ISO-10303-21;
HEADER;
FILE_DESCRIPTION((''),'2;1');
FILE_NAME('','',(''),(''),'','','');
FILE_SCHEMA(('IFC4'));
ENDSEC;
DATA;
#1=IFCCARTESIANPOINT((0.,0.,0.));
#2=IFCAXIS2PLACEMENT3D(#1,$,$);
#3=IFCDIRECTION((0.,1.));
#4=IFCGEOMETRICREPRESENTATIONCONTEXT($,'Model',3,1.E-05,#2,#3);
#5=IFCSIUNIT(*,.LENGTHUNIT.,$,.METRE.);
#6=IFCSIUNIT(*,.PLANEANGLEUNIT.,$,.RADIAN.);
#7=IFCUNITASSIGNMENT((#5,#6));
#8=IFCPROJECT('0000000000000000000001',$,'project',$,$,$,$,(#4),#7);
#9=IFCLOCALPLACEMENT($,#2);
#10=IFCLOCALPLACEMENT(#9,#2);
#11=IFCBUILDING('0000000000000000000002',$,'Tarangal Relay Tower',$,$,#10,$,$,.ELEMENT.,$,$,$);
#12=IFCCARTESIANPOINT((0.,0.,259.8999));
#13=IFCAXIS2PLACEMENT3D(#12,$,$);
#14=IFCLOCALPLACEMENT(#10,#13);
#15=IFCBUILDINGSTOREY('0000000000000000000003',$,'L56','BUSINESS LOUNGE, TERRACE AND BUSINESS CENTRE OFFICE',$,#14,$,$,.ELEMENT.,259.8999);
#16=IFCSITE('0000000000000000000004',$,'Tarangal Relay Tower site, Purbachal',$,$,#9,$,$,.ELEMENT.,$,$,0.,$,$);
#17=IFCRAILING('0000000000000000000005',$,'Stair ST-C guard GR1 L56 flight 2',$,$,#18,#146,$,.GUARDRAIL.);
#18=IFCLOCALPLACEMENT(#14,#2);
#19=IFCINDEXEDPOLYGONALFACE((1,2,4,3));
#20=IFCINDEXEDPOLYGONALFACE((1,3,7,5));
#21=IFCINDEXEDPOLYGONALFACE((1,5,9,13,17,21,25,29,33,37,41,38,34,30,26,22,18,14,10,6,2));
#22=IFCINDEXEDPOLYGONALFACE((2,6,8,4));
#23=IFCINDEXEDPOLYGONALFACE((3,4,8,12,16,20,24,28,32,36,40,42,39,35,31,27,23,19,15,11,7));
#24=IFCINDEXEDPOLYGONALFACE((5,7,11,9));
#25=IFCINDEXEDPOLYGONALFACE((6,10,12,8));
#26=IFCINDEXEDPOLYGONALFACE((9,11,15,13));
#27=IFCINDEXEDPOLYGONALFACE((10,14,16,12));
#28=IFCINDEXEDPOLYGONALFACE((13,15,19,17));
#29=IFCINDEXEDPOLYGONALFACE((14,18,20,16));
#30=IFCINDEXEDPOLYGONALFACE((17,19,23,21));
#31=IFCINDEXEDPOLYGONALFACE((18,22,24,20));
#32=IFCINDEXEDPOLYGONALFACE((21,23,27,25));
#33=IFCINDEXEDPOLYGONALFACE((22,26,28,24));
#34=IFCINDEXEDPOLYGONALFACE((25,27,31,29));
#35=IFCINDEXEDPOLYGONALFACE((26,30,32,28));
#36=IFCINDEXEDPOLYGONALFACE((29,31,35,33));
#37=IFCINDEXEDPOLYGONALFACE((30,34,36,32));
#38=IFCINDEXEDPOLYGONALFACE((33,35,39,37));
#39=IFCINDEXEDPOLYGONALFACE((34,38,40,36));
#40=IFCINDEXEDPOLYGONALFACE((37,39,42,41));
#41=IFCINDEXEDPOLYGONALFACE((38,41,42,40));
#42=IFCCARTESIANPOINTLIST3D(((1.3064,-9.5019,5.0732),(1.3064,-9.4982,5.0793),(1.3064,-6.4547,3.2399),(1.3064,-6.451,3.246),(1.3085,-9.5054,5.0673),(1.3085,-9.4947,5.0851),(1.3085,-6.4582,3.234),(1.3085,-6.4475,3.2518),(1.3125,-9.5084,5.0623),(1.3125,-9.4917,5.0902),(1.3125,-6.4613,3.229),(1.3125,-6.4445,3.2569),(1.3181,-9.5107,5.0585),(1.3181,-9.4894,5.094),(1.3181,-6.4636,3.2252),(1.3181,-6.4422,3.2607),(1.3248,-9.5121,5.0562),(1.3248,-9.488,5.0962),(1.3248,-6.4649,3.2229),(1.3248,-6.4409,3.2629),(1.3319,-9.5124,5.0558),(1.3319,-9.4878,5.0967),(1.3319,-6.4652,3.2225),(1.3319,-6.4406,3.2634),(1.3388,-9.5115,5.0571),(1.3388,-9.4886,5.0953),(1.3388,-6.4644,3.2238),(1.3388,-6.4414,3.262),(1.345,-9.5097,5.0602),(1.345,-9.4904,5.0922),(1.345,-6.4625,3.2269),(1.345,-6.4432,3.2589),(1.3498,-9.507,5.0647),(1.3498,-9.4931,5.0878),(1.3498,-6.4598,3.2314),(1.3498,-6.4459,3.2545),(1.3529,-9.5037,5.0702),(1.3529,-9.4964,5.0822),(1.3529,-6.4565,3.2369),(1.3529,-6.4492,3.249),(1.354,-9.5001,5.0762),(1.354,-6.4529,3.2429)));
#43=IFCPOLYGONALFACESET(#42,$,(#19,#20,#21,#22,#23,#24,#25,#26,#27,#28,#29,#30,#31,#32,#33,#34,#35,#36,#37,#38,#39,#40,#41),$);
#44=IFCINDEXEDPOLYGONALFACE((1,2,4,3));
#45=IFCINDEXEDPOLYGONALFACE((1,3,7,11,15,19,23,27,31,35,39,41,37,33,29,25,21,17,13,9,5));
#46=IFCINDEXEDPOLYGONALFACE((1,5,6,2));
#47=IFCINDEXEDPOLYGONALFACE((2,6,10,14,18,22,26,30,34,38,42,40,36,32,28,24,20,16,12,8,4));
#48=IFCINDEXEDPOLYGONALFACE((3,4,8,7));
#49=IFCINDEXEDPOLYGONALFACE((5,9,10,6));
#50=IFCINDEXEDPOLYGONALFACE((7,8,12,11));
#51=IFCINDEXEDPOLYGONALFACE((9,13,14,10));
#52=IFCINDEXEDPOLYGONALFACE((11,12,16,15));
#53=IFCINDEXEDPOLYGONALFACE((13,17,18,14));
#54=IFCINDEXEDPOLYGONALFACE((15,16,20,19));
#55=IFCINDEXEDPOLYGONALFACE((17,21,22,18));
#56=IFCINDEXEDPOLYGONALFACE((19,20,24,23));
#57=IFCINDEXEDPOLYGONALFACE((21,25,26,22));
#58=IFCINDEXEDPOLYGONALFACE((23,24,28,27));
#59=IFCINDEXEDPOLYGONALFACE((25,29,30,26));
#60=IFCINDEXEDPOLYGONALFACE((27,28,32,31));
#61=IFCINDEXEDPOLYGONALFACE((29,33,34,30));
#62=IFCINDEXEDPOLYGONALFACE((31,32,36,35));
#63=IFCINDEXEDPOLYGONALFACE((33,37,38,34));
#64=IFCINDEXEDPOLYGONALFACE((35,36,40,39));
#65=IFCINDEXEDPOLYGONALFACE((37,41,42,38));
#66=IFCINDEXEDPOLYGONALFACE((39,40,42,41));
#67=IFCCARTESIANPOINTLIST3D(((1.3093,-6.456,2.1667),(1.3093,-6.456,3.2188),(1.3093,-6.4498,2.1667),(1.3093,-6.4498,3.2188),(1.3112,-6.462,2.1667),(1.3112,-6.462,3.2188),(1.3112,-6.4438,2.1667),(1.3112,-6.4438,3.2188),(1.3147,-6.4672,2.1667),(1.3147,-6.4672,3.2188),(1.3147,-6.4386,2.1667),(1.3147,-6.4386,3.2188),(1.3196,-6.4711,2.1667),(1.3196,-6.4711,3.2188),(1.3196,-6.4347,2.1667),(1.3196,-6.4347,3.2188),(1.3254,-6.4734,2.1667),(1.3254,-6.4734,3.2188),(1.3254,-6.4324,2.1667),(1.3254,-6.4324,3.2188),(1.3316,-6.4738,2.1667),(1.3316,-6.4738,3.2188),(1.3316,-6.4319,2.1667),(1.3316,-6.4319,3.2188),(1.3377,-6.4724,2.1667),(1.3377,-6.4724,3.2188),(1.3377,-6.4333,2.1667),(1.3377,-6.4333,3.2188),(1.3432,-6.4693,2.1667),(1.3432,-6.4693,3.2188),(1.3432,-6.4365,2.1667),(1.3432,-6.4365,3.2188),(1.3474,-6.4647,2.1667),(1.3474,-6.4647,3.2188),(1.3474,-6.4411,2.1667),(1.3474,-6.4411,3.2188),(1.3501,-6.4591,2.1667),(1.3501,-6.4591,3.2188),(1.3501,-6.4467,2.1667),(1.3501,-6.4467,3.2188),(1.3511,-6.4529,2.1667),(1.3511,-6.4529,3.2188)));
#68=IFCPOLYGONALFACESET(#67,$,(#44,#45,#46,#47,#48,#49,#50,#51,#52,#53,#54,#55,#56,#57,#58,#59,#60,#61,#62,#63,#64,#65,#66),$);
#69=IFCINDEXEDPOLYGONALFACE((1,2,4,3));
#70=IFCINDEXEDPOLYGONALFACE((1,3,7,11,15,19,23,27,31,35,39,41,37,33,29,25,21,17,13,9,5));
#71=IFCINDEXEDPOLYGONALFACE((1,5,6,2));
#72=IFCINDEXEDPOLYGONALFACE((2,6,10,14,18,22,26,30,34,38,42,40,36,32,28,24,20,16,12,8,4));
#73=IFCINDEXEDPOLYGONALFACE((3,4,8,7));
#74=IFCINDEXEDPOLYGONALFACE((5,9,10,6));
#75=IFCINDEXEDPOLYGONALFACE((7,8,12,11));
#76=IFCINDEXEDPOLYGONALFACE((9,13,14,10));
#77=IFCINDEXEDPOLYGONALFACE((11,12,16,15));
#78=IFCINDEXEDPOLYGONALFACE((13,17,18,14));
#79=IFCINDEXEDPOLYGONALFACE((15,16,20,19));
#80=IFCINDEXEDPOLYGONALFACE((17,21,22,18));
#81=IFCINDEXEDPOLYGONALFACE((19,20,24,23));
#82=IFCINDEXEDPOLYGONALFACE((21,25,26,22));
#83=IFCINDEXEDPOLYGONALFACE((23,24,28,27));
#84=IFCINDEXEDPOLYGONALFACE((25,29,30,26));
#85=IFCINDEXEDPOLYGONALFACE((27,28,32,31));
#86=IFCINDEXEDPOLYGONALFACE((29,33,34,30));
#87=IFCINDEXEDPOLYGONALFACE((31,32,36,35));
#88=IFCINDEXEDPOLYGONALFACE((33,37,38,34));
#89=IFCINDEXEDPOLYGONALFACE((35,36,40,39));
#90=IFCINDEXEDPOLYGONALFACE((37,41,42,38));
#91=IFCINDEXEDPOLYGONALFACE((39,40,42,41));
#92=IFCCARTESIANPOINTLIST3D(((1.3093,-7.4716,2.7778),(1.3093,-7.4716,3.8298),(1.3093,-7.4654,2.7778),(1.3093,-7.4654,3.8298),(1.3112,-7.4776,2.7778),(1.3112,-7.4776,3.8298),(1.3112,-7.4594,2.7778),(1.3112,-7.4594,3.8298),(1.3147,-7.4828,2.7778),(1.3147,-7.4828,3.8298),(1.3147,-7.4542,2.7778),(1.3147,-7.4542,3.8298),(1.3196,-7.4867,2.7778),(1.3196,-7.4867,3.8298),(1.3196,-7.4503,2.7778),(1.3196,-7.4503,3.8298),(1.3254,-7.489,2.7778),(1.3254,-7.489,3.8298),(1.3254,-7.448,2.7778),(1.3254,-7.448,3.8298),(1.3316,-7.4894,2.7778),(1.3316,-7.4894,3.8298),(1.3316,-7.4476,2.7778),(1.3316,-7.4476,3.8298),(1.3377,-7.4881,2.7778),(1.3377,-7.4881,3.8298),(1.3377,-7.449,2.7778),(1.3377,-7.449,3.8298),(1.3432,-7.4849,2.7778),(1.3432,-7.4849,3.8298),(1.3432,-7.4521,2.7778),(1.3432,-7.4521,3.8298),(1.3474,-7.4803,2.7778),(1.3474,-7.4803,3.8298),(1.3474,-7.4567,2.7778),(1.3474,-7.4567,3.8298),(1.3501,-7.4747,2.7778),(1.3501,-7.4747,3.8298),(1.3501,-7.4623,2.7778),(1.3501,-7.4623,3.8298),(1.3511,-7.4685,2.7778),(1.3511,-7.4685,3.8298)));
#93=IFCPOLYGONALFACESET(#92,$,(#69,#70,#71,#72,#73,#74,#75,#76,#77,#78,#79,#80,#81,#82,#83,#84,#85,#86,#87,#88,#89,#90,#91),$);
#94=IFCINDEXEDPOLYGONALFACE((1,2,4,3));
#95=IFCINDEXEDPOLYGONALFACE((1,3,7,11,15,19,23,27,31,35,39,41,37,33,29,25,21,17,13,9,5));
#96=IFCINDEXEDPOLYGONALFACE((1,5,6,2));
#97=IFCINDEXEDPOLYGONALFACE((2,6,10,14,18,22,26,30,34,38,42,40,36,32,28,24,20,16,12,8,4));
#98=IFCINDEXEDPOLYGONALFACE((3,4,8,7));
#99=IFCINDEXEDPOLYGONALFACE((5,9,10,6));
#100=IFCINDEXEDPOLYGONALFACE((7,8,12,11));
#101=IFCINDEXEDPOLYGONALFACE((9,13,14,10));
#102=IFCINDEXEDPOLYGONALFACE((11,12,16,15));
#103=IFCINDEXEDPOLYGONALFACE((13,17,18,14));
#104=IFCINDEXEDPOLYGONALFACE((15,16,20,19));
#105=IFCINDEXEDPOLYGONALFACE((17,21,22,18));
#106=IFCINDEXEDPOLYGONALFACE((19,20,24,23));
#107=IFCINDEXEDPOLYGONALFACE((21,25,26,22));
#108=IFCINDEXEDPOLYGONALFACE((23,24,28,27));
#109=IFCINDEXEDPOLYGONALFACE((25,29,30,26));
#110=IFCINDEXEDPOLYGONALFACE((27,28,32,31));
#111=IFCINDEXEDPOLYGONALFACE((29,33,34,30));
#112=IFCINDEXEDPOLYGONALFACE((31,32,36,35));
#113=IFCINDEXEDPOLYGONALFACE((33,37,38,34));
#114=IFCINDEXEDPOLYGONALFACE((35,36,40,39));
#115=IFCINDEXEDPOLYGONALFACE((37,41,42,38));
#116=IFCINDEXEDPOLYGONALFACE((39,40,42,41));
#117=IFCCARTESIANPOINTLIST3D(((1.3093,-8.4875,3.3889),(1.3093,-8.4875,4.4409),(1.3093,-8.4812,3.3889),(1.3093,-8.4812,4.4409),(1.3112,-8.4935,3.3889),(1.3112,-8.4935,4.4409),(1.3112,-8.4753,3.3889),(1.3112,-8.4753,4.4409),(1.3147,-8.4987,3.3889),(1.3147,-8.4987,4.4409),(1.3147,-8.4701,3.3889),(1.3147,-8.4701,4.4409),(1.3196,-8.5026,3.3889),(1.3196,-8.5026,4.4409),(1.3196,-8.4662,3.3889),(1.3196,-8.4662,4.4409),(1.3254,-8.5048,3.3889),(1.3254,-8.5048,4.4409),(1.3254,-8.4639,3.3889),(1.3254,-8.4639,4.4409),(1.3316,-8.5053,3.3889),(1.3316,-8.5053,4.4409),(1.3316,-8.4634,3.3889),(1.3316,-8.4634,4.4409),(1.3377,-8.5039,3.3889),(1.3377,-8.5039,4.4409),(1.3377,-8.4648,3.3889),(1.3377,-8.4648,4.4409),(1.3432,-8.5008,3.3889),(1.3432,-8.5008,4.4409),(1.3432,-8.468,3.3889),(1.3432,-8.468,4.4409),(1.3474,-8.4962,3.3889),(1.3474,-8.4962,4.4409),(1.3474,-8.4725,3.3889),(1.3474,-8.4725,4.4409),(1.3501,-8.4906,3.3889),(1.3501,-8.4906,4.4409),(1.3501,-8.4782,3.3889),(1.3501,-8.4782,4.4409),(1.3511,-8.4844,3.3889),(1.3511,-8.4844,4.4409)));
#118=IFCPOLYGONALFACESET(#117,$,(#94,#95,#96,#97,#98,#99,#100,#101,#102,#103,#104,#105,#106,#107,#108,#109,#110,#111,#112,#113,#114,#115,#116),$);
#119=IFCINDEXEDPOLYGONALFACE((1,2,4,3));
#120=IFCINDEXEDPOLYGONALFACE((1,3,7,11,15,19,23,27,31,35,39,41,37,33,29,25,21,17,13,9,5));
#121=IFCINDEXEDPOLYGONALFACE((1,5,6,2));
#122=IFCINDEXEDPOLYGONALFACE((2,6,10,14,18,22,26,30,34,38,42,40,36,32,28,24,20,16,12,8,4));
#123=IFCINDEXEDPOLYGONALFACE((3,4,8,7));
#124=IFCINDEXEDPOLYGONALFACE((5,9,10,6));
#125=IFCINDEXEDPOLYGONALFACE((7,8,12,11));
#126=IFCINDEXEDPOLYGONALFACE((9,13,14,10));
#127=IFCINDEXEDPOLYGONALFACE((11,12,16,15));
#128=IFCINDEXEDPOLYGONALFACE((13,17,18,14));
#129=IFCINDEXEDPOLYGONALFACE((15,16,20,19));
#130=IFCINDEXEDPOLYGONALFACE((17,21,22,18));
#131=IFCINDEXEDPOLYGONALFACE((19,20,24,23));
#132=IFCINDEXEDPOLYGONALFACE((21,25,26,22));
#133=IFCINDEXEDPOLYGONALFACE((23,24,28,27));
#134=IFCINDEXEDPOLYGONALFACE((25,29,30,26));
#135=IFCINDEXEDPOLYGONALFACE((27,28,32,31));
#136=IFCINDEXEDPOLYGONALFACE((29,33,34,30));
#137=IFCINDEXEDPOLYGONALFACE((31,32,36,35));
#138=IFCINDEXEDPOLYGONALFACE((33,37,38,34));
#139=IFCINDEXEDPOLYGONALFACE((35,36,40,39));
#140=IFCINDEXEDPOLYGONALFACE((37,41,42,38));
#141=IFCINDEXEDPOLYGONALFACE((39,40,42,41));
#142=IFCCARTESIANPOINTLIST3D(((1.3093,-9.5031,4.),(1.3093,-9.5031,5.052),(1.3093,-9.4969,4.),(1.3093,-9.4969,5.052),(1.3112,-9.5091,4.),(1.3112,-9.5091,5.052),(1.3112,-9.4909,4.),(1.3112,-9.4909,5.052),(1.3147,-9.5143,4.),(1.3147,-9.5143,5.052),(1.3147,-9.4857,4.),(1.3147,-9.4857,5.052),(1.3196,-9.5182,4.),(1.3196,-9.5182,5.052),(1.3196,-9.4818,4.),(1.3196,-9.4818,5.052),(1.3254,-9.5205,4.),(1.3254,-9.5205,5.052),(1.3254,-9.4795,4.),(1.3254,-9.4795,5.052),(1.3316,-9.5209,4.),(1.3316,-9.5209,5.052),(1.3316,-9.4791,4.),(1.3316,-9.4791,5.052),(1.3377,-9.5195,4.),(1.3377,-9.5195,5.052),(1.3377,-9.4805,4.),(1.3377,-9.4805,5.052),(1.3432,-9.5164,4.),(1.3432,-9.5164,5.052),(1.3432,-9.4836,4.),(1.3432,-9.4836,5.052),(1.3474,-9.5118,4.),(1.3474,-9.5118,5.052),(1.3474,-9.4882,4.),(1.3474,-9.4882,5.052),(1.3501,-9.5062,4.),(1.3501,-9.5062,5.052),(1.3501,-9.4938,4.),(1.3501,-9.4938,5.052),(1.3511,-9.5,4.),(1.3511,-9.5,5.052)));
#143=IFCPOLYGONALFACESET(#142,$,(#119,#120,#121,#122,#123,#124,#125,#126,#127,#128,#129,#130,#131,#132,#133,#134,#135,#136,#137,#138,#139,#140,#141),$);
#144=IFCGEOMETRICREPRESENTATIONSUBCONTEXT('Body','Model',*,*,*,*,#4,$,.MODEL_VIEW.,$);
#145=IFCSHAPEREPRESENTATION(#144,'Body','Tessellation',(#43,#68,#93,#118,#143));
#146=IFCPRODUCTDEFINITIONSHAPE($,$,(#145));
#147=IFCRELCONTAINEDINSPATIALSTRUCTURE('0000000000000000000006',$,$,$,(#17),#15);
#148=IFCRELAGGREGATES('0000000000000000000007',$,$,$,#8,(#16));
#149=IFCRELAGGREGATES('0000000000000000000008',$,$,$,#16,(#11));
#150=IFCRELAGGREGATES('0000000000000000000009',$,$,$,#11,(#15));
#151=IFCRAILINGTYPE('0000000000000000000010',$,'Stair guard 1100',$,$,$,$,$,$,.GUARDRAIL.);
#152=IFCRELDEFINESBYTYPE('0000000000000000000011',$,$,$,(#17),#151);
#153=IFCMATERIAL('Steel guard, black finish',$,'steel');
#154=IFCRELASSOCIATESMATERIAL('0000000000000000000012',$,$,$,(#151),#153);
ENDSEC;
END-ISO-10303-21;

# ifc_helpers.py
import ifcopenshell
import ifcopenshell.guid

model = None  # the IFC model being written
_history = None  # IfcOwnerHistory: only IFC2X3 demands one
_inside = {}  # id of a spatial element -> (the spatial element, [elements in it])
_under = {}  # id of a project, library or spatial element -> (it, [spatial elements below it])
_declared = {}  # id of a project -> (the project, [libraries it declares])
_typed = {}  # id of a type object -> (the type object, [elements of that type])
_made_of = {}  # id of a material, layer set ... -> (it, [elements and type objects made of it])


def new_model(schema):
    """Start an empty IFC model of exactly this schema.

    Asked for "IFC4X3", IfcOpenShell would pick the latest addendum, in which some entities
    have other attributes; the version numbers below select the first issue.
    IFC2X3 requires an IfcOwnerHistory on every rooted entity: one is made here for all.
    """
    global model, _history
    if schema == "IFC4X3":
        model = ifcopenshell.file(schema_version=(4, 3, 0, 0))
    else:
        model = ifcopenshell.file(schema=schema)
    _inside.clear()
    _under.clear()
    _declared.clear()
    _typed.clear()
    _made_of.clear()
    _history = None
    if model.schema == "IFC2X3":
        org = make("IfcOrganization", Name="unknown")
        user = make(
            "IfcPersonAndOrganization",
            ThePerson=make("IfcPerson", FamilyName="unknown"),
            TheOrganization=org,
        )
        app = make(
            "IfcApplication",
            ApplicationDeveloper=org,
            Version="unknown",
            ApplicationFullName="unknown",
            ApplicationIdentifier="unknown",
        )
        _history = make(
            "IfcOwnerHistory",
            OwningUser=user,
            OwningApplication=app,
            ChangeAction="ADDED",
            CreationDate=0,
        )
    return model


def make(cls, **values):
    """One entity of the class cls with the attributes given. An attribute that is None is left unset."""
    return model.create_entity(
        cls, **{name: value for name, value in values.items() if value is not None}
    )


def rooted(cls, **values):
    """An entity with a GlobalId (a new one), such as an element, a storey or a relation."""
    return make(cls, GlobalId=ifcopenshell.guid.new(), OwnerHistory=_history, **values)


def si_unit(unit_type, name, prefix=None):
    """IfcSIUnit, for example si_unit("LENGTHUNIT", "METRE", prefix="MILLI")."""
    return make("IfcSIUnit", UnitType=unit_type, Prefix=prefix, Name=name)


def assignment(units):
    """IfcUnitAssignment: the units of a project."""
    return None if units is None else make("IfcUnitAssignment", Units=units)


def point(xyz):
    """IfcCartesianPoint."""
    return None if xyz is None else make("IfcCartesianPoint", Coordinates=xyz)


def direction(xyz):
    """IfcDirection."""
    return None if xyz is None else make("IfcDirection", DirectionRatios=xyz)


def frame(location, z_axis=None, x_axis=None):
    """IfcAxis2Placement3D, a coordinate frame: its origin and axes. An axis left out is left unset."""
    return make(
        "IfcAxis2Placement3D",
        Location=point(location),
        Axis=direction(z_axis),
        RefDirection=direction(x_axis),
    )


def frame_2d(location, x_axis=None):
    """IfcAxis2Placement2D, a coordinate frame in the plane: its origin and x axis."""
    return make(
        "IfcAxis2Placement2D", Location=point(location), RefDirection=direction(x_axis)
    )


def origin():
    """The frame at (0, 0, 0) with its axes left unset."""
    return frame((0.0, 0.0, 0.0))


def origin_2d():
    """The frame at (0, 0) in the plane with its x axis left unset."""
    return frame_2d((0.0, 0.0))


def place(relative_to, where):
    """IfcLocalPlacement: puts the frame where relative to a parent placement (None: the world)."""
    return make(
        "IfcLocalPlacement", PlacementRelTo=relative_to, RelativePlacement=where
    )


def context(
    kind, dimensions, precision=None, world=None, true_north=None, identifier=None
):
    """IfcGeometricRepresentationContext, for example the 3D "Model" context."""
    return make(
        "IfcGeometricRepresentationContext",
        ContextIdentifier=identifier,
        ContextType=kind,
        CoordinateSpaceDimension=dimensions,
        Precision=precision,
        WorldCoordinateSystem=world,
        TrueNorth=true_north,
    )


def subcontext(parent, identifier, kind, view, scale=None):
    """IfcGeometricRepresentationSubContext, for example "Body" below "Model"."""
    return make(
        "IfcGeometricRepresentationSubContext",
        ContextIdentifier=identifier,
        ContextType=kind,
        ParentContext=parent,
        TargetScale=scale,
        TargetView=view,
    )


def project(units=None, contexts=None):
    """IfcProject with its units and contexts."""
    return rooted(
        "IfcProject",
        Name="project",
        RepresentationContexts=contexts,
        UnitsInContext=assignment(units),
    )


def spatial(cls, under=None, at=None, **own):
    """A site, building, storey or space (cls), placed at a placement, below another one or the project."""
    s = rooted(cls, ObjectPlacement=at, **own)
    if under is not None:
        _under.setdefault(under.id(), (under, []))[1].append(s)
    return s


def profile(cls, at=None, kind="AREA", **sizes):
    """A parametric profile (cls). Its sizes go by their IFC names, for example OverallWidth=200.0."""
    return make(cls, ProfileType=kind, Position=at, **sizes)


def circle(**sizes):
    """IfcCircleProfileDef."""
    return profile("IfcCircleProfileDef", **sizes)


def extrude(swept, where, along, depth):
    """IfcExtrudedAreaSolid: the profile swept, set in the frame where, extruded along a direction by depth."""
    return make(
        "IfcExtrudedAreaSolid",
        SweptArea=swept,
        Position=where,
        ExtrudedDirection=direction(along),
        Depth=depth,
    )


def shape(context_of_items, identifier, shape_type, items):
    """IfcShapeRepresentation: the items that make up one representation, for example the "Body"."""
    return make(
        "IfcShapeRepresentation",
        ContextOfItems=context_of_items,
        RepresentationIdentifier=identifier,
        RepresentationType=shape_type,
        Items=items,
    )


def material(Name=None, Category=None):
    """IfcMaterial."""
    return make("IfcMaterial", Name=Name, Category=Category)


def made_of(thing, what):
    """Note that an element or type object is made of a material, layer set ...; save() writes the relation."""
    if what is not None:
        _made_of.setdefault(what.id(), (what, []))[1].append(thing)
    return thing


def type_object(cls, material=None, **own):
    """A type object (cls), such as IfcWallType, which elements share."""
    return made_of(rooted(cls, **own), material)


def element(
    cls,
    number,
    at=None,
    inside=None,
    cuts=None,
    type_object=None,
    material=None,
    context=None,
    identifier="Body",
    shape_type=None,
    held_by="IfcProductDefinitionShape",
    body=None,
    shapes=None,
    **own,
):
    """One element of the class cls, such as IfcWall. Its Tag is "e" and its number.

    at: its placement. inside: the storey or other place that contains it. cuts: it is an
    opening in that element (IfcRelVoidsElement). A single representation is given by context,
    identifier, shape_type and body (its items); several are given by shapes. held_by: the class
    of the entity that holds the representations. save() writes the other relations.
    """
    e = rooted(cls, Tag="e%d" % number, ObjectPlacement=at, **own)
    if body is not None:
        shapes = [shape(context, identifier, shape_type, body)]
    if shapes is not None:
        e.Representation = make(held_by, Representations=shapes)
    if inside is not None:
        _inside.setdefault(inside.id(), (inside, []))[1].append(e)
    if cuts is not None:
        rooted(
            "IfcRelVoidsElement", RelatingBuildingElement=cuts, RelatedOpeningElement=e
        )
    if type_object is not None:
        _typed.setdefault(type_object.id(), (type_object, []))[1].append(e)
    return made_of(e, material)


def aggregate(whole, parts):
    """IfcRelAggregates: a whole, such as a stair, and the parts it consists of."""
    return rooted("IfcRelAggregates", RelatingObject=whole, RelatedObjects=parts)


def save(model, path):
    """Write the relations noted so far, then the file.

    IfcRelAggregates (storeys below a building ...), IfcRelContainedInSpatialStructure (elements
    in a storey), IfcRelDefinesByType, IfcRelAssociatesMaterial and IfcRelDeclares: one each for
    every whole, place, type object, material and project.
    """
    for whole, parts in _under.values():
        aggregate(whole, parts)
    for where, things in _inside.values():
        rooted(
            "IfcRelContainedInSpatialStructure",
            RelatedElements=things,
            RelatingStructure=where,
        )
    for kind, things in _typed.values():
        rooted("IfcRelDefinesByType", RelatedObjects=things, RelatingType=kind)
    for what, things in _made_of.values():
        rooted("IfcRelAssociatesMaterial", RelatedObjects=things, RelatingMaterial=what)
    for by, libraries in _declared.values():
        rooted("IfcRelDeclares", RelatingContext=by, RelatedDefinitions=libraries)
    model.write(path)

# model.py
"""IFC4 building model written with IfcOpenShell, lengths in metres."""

from ifc_helpers import new_model, si_unit, direction, frame, origin, origin_2d, place, context, subcontext, project, spatial, circle, extrude, material, type_object, element, save


model = new_model("IFC4")

# Units and contexts
model_context = context("Model", 3, precision=1e-05, world=origin(), true_north=direction((0.0, 1.0)))
body_context = subcontext(model_context, "Body", "Model", "MODEL_VIEW")
ifc_project = project(units=[si_unit("LENGTHUNIT", "METRE"), si_unit("PLANEANGLEUNIT", "RADIAN")], contexts=[model_context])

# Site, building, storey
site_placement = place(None, origin())
site = spatial("IfcSite", under=ifc_project, at=site_placement, Name="Tarangal Relay Tower site, Purbachal", CompositionType="ELEMENT", RefElevation=0.0)
building_placement = place(site_placement, origin())
building = spatial("IfcBuilding", under=site, at=building_placement, Name="Tarangal Relay Tower", CompositionType="ELEMENT")
storey_placement = place(building_placement, frame((0.0, 0.0, 259.8999)))
storey = spatial("IfcBuildingStorey", under=building, at=storey_placement, Name="L56", Description="BUSINESS LOUNGE, TERRACE AND BUSINESS CENTRE OFFICE", CompositionType="ELEMENT", Elevation=259.8999)

# Railing
ifc_material_1 = material(Name="Steel guard, black finish", Category="steel")
railing_type_1 = type_object("IfcRailingType", Name="Stair guard 1100", PredefinedType="GUARDRAIL", material=ifc_material_1)
railing_1_placement = place(storey_placement, frame((1.3301, -6.4529, 2.1667)))
element("IfcRailing", 1, at=railing_1_placement, inside=storey, type_object=railing_type_1, Name="Stair ST-C guard GR1 L56 flight 2", PredefinedType="GUARDRAIL", context=body_context, shape_type="SweptSolid", body=[
    extrude(circle(Radius=0.0239, at=origin_2d()), frame((0.0, 0.0, 1.0762), z_axis=(0.0, -0.856874, 0.515525), x_axis=(1.0, 0.0, 0.0)), (0.0, 0.0, 1.0), 3.5562),
    extrude(circle(Radius=0.021, at=origin_2d()), origin(), (0.0, 0.0, 1.0), 1.052),
    extrude(circle(Radius=0.021, at=origin_2d()), frame((0.0, -1.0156, 0.6111)), (0.0, 0.0, 1.0), 1.052),
    extrude(circle(Radius=0.021, at=origin_2d()), frame((0.0, -2.0315, 1.2222)), (0.0, 0.0, 1.0), 1.052),
    extrude(circle(Radius=0.021, at=origin_2d()), frame((0.0, -3.0471, 1.8333)), (0.0, 0.0, 1.0), 1.052),
])

save(model, "model.ifc")
